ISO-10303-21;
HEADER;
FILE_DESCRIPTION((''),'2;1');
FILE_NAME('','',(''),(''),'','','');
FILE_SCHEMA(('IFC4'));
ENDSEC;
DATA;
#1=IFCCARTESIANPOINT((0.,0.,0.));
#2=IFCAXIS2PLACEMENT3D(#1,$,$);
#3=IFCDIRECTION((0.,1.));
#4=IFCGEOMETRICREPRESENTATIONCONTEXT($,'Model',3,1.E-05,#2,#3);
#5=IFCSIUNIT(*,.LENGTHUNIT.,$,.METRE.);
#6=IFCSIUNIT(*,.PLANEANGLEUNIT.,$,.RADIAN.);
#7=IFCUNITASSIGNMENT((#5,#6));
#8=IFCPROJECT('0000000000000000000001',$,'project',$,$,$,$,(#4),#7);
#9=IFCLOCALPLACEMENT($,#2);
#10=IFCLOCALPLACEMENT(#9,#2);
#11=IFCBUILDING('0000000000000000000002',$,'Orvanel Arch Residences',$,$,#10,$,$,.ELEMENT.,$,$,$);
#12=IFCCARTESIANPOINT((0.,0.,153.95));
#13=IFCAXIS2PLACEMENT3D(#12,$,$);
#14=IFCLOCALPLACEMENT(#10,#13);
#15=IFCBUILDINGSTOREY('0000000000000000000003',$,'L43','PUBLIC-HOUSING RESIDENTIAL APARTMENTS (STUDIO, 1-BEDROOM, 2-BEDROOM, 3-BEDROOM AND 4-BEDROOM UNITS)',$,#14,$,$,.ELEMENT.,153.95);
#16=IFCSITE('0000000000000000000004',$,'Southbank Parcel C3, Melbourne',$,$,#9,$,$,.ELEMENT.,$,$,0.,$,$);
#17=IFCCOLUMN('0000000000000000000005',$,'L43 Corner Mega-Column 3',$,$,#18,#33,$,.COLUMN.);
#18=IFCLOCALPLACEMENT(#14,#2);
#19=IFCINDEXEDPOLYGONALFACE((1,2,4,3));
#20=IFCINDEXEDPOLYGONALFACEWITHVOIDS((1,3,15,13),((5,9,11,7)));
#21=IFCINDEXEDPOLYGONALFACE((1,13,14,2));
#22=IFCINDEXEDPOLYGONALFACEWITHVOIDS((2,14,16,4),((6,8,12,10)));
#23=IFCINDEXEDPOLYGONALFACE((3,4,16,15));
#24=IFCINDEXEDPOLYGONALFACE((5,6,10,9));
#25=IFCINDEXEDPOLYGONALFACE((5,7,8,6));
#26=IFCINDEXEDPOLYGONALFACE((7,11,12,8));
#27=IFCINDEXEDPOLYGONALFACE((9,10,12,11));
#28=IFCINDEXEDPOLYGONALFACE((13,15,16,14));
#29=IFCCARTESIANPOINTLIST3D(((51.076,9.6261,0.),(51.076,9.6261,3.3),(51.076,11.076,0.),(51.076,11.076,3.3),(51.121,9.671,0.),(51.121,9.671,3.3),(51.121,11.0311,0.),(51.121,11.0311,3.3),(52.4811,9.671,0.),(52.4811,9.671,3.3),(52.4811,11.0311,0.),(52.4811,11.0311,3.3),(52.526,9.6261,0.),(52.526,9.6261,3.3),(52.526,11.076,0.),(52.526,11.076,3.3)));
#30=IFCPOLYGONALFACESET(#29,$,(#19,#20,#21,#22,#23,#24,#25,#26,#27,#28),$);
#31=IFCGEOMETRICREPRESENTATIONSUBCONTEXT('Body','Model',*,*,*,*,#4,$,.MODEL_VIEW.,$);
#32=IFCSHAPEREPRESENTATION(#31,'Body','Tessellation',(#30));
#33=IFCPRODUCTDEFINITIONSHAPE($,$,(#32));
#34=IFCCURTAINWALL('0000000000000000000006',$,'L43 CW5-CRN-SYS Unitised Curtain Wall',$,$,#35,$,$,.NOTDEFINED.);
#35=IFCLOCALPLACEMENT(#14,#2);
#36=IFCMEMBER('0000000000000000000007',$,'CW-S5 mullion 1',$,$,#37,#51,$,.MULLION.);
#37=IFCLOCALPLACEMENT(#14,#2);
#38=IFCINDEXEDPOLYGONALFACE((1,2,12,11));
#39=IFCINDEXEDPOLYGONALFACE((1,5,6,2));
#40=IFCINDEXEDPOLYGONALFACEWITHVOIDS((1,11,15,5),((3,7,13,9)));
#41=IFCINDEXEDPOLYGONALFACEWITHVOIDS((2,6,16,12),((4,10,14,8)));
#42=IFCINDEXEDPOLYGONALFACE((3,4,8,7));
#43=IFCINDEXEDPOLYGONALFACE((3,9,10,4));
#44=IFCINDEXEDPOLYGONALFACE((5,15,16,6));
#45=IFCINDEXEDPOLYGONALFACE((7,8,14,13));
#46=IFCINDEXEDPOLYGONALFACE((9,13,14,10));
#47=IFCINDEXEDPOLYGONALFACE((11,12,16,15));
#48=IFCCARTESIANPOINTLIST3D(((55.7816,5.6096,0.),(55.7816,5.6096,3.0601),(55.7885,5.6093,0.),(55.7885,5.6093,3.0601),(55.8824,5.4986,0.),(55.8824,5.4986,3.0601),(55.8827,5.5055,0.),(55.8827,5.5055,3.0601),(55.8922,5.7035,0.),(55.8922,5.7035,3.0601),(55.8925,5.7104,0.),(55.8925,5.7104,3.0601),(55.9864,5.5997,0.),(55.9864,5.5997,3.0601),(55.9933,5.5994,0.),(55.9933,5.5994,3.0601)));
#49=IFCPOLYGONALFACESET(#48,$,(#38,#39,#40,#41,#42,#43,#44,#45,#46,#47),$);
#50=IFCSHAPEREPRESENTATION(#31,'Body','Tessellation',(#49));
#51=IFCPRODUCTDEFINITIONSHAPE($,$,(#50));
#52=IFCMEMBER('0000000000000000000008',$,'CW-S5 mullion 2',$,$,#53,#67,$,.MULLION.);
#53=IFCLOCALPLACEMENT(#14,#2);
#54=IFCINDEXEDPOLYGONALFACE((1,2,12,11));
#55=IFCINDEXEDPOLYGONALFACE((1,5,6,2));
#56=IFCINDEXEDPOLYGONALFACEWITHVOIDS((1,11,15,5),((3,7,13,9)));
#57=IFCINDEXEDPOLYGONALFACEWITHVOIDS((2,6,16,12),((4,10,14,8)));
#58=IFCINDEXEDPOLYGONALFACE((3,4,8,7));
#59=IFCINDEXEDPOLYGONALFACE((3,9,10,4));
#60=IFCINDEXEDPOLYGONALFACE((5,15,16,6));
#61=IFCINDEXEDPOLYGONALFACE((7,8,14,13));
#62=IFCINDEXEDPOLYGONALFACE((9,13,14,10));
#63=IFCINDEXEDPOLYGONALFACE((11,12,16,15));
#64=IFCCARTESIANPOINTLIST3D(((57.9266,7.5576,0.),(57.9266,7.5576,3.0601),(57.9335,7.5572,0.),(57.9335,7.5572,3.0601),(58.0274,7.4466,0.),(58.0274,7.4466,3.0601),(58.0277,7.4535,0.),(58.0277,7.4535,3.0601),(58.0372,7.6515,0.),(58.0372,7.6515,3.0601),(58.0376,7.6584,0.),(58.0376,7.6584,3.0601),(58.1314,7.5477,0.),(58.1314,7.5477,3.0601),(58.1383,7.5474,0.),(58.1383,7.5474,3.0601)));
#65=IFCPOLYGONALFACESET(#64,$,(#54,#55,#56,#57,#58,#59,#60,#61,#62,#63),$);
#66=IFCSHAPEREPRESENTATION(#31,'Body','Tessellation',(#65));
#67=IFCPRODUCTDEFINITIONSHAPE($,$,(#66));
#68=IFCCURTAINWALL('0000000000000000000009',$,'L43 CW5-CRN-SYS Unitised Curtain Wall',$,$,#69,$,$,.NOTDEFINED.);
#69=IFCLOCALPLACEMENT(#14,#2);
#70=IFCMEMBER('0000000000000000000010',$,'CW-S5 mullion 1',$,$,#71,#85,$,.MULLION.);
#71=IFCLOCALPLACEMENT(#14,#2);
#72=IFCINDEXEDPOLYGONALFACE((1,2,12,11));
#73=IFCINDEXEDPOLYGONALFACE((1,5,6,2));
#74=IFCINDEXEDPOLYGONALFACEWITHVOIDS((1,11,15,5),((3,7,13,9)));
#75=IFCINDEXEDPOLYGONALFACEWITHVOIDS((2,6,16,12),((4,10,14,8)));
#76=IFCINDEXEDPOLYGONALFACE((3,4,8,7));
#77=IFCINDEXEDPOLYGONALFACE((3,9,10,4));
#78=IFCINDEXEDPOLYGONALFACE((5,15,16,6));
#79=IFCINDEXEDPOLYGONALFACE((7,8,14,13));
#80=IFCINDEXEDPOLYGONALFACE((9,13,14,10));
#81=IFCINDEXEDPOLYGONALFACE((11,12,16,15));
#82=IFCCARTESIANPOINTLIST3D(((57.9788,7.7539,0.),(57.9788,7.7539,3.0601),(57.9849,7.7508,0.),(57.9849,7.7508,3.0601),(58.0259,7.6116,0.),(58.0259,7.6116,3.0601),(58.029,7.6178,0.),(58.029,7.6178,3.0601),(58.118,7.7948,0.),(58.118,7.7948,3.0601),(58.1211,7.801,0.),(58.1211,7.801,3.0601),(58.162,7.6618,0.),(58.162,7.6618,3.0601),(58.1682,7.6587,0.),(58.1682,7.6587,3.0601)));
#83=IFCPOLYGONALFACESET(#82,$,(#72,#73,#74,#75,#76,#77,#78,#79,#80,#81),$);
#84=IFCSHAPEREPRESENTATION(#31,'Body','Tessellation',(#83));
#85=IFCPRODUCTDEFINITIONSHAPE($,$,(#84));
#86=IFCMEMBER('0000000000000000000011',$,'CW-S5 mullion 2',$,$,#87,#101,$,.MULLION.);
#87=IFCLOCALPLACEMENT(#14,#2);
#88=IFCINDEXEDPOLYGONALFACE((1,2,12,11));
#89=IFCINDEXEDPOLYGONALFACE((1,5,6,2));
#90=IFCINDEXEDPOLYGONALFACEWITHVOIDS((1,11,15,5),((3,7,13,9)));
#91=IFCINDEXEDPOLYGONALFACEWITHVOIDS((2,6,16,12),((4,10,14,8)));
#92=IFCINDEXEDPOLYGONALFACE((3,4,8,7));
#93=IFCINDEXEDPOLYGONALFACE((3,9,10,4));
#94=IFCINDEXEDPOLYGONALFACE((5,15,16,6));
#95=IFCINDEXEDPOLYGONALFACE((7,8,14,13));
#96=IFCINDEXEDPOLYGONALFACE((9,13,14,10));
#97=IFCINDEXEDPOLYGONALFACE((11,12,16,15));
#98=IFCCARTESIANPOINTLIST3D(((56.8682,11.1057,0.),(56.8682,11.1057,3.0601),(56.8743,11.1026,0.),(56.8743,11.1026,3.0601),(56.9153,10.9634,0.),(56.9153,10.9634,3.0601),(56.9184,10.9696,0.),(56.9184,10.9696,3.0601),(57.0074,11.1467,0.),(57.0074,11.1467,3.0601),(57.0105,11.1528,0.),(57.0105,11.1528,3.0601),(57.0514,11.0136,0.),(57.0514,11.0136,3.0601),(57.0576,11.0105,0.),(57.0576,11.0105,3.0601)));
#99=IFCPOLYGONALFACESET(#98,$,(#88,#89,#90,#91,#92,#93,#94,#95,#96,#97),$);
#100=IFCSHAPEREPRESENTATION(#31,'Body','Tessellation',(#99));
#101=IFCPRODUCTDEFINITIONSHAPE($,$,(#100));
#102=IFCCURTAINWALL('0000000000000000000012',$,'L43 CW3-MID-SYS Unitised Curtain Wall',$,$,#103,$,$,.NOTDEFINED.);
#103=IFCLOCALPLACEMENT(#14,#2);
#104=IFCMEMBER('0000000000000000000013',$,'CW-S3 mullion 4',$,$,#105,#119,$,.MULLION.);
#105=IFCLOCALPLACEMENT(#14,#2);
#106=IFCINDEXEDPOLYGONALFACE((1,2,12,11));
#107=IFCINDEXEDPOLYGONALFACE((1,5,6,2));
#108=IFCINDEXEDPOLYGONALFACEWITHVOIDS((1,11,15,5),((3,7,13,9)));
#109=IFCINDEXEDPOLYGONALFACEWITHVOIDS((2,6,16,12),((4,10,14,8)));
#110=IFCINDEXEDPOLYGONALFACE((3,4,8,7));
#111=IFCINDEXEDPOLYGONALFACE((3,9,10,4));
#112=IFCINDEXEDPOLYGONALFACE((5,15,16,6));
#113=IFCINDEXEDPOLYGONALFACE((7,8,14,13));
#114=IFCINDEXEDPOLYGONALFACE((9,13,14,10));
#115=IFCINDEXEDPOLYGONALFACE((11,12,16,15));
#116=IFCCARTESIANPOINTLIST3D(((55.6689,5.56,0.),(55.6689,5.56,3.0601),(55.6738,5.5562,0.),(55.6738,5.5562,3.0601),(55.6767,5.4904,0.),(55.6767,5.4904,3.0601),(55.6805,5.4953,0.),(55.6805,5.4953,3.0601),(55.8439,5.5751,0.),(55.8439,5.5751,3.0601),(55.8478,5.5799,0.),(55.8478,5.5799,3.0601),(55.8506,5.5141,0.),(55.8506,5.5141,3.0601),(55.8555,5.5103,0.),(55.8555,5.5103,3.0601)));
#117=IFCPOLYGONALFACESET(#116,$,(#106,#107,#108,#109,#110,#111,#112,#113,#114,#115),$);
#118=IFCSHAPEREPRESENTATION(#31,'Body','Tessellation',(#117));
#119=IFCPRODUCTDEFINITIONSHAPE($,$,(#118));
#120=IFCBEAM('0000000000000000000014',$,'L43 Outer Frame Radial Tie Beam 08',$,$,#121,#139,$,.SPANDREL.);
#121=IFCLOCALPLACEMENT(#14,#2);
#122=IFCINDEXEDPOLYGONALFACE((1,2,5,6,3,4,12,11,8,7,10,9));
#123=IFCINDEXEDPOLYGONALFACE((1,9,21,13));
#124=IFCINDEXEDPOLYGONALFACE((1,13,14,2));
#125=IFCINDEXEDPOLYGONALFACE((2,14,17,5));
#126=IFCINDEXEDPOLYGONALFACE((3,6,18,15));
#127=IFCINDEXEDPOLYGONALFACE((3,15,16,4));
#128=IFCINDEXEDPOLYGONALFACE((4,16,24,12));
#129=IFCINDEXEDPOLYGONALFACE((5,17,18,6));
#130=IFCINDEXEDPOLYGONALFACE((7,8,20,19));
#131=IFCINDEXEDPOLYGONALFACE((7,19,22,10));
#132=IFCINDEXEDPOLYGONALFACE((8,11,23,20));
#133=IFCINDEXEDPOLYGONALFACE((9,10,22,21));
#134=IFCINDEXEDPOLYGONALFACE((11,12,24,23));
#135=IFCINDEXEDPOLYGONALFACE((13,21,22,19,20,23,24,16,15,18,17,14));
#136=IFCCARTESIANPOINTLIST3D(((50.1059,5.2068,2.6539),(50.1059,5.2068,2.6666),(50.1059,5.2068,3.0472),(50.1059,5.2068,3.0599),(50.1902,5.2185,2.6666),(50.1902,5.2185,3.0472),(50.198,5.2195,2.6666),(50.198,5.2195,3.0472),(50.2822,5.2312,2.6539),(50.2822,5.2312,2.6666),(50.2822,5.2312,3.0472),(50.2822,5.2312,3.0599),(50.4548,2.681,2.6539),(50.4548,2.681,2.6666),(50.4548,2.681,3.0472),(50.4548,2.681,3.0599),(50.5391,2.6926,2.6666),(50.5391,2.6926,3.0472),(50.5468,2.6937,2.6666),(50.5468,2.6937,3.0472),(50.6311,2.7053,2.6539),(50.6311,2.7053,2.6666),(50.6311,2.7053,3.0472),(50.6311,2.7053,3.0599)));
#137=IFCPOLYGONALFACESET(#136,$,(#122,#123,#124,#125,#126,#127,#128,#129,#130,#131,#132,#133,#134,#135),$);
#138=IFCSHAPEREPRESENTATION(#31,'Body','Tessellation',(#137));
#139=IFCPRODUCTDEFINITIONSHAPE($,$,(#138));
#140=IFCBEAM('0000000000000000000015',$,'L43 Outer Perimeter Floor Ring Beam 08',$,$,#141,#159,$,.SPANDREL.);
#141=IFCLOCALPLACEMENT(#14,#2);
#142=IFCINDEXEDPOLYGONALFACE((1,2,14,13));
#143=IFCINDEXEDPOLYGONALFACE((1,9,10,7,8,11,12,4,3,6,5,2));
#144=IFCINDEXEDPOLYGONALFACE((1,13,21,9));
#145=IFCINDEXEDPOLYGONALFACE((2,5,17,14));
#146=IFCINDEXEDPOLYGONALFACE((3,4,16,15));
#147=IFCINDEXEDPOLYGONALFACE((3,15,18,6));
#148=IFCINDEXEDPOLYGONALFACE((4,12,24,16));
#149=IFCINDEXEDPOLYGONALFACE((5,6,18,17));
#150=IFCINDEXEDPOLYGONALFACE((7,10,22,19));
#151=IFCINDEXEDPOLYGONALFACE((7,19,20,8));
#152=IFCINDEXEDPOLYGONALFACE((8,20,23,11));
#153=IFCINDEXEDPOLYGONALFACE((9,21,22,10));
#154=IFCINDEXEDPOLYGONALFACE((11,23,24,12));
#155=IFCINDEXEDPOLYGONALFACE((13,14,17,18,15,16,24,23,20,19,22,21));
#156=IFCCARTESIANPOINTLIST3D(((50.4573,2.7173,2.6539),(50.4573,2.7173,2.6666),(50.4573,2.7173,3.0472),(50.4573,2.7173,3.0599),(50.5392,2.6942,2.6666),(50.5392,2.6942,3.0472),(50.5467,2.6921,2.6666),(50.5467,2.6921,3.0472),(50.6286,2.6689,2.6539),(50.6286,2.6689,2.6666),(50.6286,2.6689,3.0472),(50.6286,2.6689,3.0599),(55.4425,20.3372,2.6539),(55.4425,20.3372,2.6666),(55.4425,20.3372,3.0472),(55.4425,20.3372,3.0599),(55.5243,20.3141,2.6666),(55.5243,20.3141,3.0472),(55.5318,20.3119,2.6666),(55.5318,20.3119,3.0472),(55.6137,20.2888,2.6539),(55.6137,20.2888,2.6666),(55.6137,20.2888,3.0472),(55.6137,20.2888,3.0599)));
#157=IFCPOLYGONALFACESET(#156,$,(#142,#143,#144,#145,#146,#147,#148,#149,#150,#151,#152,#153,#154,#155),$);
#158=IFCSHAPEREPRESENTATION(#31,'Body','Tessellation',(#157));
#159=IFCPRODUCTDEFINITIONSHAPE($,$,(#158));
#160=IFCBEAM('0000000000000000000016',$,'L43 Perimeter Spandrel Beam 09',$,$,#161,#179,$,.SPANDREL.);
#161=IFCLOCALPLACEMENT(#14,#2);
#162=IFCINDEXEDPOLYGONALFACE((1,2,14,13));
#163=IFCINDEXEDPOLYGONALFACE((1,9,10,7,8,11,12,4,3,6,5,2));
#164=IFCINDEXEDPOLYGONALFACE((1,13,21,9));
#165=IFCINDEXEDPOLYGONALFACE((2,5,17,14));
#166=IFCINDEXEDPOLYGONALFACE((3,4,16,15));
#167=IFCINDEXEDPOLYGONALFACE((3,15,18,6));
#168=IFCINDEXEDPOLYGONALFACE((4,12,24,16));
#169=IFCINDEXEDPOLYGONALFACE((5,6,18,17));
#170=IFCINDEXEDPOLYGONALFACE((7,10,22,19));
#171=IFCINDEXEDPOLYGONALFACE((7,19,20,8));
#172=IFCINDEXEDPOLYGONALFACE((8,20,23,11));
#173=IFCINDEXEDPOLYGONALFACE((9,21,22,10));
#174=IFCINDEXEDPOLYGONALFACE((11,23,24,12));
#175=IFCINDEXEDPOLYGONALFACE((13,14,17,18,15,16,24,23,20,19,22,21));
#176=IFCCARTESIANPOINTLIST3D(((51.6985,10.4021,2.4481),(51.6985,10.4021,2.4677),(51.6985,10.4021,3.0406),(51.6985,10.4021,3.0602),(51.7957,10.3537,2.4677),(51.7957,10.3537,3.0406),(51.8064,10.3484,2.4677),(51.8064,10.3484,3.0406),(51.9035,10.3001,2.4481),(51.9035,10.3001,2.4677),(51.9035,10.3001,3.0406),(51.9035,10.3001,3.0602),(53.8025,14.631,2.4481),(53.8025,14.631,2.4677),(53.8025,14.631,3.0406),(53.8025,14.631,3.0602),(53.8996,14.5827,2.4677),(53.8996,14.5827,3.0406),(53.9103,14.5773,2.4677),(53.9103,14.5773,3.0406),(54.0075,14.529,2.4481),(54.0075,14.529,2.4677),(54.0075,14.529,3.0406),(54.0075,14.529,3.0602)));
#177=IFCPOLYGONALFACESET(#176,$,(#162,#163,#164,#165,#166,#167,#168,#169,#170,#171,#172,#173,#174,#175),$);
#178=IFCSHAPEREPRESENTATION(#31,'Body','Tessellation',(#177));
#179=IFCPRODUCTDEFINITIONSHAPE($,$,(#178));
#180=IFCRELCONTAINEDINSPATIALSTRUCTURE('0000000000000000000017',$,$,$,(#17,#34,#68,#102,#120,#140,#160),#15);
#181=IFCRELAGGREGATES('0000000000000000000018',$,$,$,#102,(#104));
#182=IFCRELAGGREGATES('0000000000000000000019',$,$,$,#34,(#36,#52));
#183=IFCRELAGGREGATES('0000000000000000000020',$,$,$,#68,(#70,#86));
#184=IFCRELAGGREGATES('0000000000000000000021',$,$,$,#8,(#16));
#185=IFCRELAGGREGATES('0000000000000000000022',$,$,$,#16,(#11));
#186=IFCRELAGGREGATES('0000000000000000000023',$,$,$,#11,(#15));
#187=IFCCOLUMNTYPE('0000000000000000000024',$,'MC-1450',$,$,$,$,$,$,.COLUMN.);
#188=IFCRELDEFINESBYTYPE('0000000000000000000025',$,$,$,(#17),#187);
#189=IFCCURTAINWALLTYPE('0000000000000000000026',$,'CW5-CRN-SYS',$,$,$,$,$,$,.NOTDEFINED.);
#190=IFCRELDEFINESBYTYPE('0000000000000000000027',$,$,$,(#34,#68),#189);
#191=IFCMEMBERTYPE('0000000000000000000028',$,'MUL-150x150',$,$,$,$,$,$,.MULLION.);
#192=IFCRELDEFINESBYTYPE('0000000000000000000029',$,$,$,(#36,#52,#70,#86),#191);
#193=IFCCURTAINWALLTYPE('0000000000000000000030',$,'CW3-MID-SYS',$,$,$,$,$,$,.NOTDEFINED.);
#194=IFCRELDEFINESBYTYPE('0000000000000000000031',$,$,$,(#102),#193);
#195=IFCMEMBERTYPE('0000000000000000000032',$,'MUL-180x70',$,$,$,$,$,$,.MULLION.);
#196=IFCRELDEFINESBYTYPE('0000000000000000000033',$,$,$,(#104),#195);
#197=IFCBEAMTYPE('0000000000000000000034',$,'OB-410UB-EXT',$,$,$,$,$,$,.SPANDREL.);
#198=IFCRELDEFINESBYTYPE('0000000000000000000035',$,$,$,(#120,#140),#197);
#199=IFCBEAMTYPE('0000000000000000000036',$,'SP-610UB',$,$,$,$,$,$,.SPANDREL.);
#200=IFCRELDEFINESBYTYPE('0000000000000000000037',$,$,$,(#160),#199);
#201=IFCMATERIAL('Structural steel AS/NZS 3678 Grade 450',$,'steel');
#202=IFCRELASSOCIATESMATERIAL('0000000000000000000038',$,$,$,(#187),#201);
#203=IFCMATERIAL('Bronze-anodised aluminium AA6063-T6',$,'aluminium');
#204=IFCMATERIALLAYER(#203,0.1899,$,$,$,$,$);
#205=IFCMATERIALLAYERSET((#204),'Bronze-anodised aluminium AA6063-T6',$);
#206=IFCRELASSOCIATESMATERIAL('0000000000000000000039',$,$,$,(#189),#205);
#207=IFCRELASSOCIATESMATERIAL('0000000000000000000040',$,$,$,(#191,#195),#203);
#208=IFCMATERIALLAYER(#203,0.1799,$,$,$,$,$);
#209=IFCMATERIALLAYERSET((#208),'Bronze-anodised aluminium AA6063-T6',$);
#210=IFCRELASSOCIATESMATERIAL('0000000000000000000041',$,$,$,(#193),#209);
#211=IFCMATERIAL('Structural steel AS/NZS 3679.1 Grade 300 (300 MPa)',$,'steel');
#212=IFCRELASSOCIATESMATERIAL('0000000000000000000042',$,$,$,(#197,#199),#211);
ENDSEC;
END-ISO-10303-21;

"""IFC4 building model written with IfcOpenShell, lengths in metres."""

from ifc_helpers import new_model, si_unit, direction, frame, origin, origin_2d, place, context, subcontext, project, spatial, hollow_rectangle, i_section, extrude, material, layer, layer_set, material_profile, profile_set, type_object, element, aggregate, save


model = new_model("IFC4")

# Units and contexts
model_context = context("Model", 3, precision=1e-05, world=origin(), true_north=direction((0.0, 1.0)))
body_context = subcontext(model_context, "Body", "Model", "MODEL_VIEW")
ifc_project = project(units=[si_unit("LENGTHUNIT", "METRE"), si_unit("PLANEANGLEUNIT", "RADIAN")], contexts=[model_context])

# Site, building, storey
site_placement = place(None, origin())
site = spatial("IfcSite", under=ifc_project, at=site_placement, Name="Southbank Parcel C3, Melbourne", CompositionType="ELEMENT", RefElevation=0.0)
building_placement = place(site_placement, origin())
building = spatial("IfcBuilding", under=site, at=building_placement, Name="Orvanel Arch Residences", CompositionType="ELEMENT")
storey_placement = place(building_placement, frame((0.0, 0.0, 153.95)))
storey = spatial("IfcBuildingStorey", under=building, at=storey_placement, Name="L43", Description="PUBLIC-HOUSING RESIDENTIAL APARTMENTS (STUDIO, 1-BEDROOM, 2-BEDROOM, 3-BEDROOM AND 4-BEDROOM UNITS)", CompositionType="ELEMENT", Elevation=153.95)

# Column
ifc_material_1 = material(Name="Structural steel AS/NZS 3678 Grade 450", Category="steel")
ifc_material_profile_1 = material_profile(ifc_material_1, hollow_rectangle(XDim=1.45, YDim=1.45, WallThickness=0.0449, at=origin_2d()), Name="BOX1450x1450x45")
ifc_profile_set_1 = profile_set([ifc_material_profile_1], Name="Structural steel AS/NZS 3678 Grade 450")
column_type = type_object("IfcColumnType", Name="MC-1450", PredefinedType="COLUMN", material=ifc_profile_set_1)
column_placement = place(storey_placement, frame((51.801, 10.3511, 0.0), z_axis=(0.0, 0.0, 1.0), x_axis=(1.0, 0.0, 0.0)))
element("IfcColumn", 1, at=column_placement, inside=storey, type_object=column_type, Name="L43 Corner Mega-Column 3", PredefinedType="COLUMN", context=body_context, shape_type="SweptSolid", body=[
    extrude(hollow_rectangle(XDim=1.45, YDim=1.45, WallThickness=0.0449, at=origin_2d()), origin(), (0.0, 0.0, 1.0), 3.3),
])

# Curtain walls, members
ifc_material_2 = material(Name="Bronze-anodised aluminium AA6063-T6", Category="aluminium")
ifc_layer_1 = layer(ifc_material_2, 0.1899)
ifc_layer_set_1 = layer_set([ifc_layer_1], Name="Bronze-anodised aluminium AA6063-T6")
curtain_wall_type_1 = type_object("IfcCurtainWallType", Name="CW5-CRN-SYS", PredefinedType="NOTDEFINED", material=ifc_layer_set_1)
curtain_wall_1_placement = place(storey_placement, origin())
curtain_wall_1 = element("IfcCurtainWall", 2, at=curtain_wall_1_placement, inside=storey, type_object=curtain_wall_type_1, Name="L43 CW5-CRN-SYS Unitised Curtain Wall", PredefinedType="NOTDEFINED")
ifc_material_profile_2 = material_profile(ifc_material_2, hollow_rectangle(XDim=0.1499, YDim=0.1499, WallThickness=0.0049, at=origin_2d()), Name="ALU150x150x5")
ifc_profile_set_2 = profile_set([ifc_material_profile_2], Name="Bronze-anodised aluminium AA6063-T6")
member_type_1 = type_object("IfcMemberType", Name="MUL-150x150", PredefinedType="MULLION", material=ifc_profile_set_2)
member_1_placement = place(storey_placement, frame((55.8875, 5.6045, 0.0), z_axis=(0.0, 0.0, 1.0), x_axis=(-0.67233, 0.740252, 0.0)))
member_1 = element("IfcMember", 3, at=member_1_placement, type_object=member_type_1, Name="CW-S5 mullion 1", PredefinedType="MULLION", context=body_context, shape_type="SweptSolid", body=[
    extrude(hollow_rectangle(XDim=0.1499, YDim=0.1499, WallThickness=0.0049, at=origin_2d()), origin(), (0.0, 0.0, 1.0), 3.0601),
])
member_2_placement = place(storey_placement, frame((58.0325, 7.5525, 0.0), z_axis=(0.0, 0.0, 1.0), x_axis=(-0.67233, 0.740252, 0.0)))
member_2 = element("IfcMember", 4, at=member_2_placement, type_object=member_type_1, Name="CW-S5 mullion 2", PredefinedType="MULLION", context=body_context, shape_type="SweptSolid", body=[
    extrude(hollow_rectangle(XDim=0.1499, YDim=0.1499, WallThickness=0.0049, at=origin_2d()), origin(), (0.0, 0.0, 1.0), 3.0601),
])
curtain_wall_2_placement = place(storey_placement, origin())
curtain_wall_2 = element("IfcCurtainWall", 5, at=curtain_wall_2_placement, inside=storey, type_object=curtain_wall_type_1, Name="L43 CW5-CRN-SYS Unitised Curtain Wall", PredefinedType="NOTDEFINED")
member_3_placement = place(storey_placement, frame((58.0735, 7.7063, 0.0), z_axis=(0.0, 0.0, 1.0), x_axis=(-0.949264, -0.31448, 0.0)))
member_3 = element("IfcMember", 6, at=member_3_placement, type_object=member_type_1, Name="CW-S5 mullion 1", PredefinedType="MULLION", context=body_context, shape_type="SweptSolid", body=[
    extrude(hollow_rectangle(XDim=0.1499, YDim=0.1499, WallThickness=0.0049, at=origin_2d()), origin(), (0.0, 0.0, 1.0), 3.0601),
])
member_4_placement = place(storey_placement, frame((56.9629, 11.0581, 0.0), z_axis=(0.0, 0.0, 1.0), x_axis=(-0.949264, -0.31448, 0.0)))
member_4 = element("IfcMember", 7, at=member_4_placement, type_object=member_type_1, Name="CW-S5 mullion 2", PredefinedType="MULLION", context=body_context, shape_type="SweptSolid", body=[
    extrude(hollow_rectangle(XDim=0.1499, YDim=0.1499, WallThickness=0.0049, at=origin_2d()), origin(), (0.0, 0.0, 1.0), 3.0601),
])

# Curtain wall, member
ifc_layer_2 = layer(ifc_material_2, 0.1799)
ifc_layer_set_2 = layer_set([ifc_layer_2], Name="Bronze-anodised aluminium AA6063-T6")
curtain_wall_type_2 = type_object("IfcCurtainWallType", Name="CW3-MID-SYS", PredefinedType="NOTDEFINED", material=ifc_layer_set_2)
curtain_wall_3_placement = place(storey_placement, origin())
curtain_wall_3 = element("IfcCurtainWall", 8, at=curtain_wall_3_placement, inside=storey, type_object=curtain_wall_type_2, Name="L43 CW3-MID-SYS Unitised Curtain Wall", PredefinedType="NOTDEFINED")
ifc_material_profile_3 = material_profile(ifc_material_2, hollow_rectangle(XDim=0.0701, YDim=0.1799, WallThickness=0.0044, at=origin_2d()), Name="ALU180x70x4.5")
ifc_profile_set_3 = profile_set([ifc_material_profile_3], Name="Bronze-anodised aluminium AA6063-T6")
member_type_2 = type_object("IfcMemberType", Name="MUL-180x70", PredefinedType="MULLION", material=ifc_profile_set_3)
member_5_placement = place(storey_placement, frame((55.7622, 5.5352, 0.0), z_axis=(0.0, 0.0, 1.0), x_axis=(-0.110374, 0.99389, 0.0)))
member_5 = element("IfcMember", 9, at=member_5_placement, type_object=member_type_2, Name="CW-S3 mullion 4", PredefinedType="MULLION", context=body_context, shape_type="SweptSolid", body=[
    extrude(hollow_rectangle(XDim=0.0701, YDim=0.1799, WallThickness=0.0044, at=origin_2d()), origin(), (0.0, 0.0, 1.0), 3.0601),
])

# Beams
ifc_material_3 = material(Name="Structural steel AS/NZS 3679.1 Grade 300 (300 MPa)", Category="steel")
ifc_material_profile_4 = material_profile(ifc_material_3, i_section(OverallWidth=0.178, OverallDepth=0.406, WebThickness=0.0078, FlangeThickness=0.0127, at=origin_2d()), Name="410UB59.7")
ifc_profile_set_4 = profile_set([ifc_material_profile_4], Name="Structural steel AS/NZS 3679.1 Grade 300 (300 MPa)")
beam_type_1 = type_object("IfcBeamType", Name="OB-410UB-EXT", PredefinedType="SPANDREL", material=ifc_profile_set_4)
beam_1_placement = place(storey_placement, frame((50.1941, 5.219, 2.8569), z_axis=(0.136822, -0.990596, 0.0), x_axis=(0.990596, 0.136822, 0.0)))
element("IfcBeam", 10, at=beam_1_placement, inside=storey, type_object=beam_type_1, Name="L43 Outer Frame Radial Tie Beam 08", PredefinedType="SPANDREL", context=body_context, shape_type="SweptSolid", body=[
    extrude(i_section(OverallWidth=0.178, OverallDepth=0.406, WebThickness=0.0078, FlangeThickness=0.0127, at=origin_2d()), origin(), (0.0, 0.0, 1.0), 2.5498),
])
beam_2_placement = place(storey_placement, frame((50.543, 2.6931, 2.8569), z_axis=(0.272239, 0.96223, 0.0), x_axis=(-0.96223, 0.272239, 0.0)))
element("IfcBeam", 11, at=beam_2_placement, inside=storey, type_object=beam_type_1, Name="L43 Outer Perimeter Floor Ring Beam 08", PredefinedType="SPANDREL", context=body_context, shape_type="SweptSolid", body=[
    extrude(i_section(OverallWidth=0.178, OverallDepth=0.406, WebThickness=0.0078, FlangeThickness=0.0127, at=origin_2d()), origin(), (0.0, 0.0, 1.0), 18.3115),
])
ifc_material_profile_5 = material_profile(ifc_material_3, i_section(OverallWidth=0.229, OverallDepth=0.6121, WebThickness=0.012, FlangeThickness=0.0195, at=origin_2d()), Name="610UB125")
ifc_profile_set_5 = profile_set([ifc_material_profile_5], Name="Structural steel AS/NZS 3679.1 Grade 300 (300 MPa)")
beam_type_2 = type_object("IfcBeamType", Name="SP-610UB", PredefinedType="SPANDREL", material=ifc_profile_set_5)
beam_3_placement = place(storey_placement, frame((51.801, 10.3511, 2.7542), z_axis=(0.445435, 0.895314, 0.0), x_axis=(-0.895314, 0.445435, 0.0)))
element("IfcBeam", 12, at=beam_3_placement, inside=storey, type_object=beam_type_2, Name="L43 Perimeter Spandrel Beam 09", PredefinedType="SPANDREL", context=body_context, shape_type="SweptSolid", body=[
    extrude(i_section(OverallWidth=0.229, OverallDepth=0.6121, WebThickness=0.012, FlangeThickness=0.0195, at=origin_2d()), origin(), (0.0, 0.0, 1.0), 4.7234),
])

aggregate(curtain_wall_3, [member_5])
aggregate(curtain_wall_1, [member_1, member_2])
aggregate(curtain_wall_2, [member_3, member_4])

save(model, "model.ifc")
